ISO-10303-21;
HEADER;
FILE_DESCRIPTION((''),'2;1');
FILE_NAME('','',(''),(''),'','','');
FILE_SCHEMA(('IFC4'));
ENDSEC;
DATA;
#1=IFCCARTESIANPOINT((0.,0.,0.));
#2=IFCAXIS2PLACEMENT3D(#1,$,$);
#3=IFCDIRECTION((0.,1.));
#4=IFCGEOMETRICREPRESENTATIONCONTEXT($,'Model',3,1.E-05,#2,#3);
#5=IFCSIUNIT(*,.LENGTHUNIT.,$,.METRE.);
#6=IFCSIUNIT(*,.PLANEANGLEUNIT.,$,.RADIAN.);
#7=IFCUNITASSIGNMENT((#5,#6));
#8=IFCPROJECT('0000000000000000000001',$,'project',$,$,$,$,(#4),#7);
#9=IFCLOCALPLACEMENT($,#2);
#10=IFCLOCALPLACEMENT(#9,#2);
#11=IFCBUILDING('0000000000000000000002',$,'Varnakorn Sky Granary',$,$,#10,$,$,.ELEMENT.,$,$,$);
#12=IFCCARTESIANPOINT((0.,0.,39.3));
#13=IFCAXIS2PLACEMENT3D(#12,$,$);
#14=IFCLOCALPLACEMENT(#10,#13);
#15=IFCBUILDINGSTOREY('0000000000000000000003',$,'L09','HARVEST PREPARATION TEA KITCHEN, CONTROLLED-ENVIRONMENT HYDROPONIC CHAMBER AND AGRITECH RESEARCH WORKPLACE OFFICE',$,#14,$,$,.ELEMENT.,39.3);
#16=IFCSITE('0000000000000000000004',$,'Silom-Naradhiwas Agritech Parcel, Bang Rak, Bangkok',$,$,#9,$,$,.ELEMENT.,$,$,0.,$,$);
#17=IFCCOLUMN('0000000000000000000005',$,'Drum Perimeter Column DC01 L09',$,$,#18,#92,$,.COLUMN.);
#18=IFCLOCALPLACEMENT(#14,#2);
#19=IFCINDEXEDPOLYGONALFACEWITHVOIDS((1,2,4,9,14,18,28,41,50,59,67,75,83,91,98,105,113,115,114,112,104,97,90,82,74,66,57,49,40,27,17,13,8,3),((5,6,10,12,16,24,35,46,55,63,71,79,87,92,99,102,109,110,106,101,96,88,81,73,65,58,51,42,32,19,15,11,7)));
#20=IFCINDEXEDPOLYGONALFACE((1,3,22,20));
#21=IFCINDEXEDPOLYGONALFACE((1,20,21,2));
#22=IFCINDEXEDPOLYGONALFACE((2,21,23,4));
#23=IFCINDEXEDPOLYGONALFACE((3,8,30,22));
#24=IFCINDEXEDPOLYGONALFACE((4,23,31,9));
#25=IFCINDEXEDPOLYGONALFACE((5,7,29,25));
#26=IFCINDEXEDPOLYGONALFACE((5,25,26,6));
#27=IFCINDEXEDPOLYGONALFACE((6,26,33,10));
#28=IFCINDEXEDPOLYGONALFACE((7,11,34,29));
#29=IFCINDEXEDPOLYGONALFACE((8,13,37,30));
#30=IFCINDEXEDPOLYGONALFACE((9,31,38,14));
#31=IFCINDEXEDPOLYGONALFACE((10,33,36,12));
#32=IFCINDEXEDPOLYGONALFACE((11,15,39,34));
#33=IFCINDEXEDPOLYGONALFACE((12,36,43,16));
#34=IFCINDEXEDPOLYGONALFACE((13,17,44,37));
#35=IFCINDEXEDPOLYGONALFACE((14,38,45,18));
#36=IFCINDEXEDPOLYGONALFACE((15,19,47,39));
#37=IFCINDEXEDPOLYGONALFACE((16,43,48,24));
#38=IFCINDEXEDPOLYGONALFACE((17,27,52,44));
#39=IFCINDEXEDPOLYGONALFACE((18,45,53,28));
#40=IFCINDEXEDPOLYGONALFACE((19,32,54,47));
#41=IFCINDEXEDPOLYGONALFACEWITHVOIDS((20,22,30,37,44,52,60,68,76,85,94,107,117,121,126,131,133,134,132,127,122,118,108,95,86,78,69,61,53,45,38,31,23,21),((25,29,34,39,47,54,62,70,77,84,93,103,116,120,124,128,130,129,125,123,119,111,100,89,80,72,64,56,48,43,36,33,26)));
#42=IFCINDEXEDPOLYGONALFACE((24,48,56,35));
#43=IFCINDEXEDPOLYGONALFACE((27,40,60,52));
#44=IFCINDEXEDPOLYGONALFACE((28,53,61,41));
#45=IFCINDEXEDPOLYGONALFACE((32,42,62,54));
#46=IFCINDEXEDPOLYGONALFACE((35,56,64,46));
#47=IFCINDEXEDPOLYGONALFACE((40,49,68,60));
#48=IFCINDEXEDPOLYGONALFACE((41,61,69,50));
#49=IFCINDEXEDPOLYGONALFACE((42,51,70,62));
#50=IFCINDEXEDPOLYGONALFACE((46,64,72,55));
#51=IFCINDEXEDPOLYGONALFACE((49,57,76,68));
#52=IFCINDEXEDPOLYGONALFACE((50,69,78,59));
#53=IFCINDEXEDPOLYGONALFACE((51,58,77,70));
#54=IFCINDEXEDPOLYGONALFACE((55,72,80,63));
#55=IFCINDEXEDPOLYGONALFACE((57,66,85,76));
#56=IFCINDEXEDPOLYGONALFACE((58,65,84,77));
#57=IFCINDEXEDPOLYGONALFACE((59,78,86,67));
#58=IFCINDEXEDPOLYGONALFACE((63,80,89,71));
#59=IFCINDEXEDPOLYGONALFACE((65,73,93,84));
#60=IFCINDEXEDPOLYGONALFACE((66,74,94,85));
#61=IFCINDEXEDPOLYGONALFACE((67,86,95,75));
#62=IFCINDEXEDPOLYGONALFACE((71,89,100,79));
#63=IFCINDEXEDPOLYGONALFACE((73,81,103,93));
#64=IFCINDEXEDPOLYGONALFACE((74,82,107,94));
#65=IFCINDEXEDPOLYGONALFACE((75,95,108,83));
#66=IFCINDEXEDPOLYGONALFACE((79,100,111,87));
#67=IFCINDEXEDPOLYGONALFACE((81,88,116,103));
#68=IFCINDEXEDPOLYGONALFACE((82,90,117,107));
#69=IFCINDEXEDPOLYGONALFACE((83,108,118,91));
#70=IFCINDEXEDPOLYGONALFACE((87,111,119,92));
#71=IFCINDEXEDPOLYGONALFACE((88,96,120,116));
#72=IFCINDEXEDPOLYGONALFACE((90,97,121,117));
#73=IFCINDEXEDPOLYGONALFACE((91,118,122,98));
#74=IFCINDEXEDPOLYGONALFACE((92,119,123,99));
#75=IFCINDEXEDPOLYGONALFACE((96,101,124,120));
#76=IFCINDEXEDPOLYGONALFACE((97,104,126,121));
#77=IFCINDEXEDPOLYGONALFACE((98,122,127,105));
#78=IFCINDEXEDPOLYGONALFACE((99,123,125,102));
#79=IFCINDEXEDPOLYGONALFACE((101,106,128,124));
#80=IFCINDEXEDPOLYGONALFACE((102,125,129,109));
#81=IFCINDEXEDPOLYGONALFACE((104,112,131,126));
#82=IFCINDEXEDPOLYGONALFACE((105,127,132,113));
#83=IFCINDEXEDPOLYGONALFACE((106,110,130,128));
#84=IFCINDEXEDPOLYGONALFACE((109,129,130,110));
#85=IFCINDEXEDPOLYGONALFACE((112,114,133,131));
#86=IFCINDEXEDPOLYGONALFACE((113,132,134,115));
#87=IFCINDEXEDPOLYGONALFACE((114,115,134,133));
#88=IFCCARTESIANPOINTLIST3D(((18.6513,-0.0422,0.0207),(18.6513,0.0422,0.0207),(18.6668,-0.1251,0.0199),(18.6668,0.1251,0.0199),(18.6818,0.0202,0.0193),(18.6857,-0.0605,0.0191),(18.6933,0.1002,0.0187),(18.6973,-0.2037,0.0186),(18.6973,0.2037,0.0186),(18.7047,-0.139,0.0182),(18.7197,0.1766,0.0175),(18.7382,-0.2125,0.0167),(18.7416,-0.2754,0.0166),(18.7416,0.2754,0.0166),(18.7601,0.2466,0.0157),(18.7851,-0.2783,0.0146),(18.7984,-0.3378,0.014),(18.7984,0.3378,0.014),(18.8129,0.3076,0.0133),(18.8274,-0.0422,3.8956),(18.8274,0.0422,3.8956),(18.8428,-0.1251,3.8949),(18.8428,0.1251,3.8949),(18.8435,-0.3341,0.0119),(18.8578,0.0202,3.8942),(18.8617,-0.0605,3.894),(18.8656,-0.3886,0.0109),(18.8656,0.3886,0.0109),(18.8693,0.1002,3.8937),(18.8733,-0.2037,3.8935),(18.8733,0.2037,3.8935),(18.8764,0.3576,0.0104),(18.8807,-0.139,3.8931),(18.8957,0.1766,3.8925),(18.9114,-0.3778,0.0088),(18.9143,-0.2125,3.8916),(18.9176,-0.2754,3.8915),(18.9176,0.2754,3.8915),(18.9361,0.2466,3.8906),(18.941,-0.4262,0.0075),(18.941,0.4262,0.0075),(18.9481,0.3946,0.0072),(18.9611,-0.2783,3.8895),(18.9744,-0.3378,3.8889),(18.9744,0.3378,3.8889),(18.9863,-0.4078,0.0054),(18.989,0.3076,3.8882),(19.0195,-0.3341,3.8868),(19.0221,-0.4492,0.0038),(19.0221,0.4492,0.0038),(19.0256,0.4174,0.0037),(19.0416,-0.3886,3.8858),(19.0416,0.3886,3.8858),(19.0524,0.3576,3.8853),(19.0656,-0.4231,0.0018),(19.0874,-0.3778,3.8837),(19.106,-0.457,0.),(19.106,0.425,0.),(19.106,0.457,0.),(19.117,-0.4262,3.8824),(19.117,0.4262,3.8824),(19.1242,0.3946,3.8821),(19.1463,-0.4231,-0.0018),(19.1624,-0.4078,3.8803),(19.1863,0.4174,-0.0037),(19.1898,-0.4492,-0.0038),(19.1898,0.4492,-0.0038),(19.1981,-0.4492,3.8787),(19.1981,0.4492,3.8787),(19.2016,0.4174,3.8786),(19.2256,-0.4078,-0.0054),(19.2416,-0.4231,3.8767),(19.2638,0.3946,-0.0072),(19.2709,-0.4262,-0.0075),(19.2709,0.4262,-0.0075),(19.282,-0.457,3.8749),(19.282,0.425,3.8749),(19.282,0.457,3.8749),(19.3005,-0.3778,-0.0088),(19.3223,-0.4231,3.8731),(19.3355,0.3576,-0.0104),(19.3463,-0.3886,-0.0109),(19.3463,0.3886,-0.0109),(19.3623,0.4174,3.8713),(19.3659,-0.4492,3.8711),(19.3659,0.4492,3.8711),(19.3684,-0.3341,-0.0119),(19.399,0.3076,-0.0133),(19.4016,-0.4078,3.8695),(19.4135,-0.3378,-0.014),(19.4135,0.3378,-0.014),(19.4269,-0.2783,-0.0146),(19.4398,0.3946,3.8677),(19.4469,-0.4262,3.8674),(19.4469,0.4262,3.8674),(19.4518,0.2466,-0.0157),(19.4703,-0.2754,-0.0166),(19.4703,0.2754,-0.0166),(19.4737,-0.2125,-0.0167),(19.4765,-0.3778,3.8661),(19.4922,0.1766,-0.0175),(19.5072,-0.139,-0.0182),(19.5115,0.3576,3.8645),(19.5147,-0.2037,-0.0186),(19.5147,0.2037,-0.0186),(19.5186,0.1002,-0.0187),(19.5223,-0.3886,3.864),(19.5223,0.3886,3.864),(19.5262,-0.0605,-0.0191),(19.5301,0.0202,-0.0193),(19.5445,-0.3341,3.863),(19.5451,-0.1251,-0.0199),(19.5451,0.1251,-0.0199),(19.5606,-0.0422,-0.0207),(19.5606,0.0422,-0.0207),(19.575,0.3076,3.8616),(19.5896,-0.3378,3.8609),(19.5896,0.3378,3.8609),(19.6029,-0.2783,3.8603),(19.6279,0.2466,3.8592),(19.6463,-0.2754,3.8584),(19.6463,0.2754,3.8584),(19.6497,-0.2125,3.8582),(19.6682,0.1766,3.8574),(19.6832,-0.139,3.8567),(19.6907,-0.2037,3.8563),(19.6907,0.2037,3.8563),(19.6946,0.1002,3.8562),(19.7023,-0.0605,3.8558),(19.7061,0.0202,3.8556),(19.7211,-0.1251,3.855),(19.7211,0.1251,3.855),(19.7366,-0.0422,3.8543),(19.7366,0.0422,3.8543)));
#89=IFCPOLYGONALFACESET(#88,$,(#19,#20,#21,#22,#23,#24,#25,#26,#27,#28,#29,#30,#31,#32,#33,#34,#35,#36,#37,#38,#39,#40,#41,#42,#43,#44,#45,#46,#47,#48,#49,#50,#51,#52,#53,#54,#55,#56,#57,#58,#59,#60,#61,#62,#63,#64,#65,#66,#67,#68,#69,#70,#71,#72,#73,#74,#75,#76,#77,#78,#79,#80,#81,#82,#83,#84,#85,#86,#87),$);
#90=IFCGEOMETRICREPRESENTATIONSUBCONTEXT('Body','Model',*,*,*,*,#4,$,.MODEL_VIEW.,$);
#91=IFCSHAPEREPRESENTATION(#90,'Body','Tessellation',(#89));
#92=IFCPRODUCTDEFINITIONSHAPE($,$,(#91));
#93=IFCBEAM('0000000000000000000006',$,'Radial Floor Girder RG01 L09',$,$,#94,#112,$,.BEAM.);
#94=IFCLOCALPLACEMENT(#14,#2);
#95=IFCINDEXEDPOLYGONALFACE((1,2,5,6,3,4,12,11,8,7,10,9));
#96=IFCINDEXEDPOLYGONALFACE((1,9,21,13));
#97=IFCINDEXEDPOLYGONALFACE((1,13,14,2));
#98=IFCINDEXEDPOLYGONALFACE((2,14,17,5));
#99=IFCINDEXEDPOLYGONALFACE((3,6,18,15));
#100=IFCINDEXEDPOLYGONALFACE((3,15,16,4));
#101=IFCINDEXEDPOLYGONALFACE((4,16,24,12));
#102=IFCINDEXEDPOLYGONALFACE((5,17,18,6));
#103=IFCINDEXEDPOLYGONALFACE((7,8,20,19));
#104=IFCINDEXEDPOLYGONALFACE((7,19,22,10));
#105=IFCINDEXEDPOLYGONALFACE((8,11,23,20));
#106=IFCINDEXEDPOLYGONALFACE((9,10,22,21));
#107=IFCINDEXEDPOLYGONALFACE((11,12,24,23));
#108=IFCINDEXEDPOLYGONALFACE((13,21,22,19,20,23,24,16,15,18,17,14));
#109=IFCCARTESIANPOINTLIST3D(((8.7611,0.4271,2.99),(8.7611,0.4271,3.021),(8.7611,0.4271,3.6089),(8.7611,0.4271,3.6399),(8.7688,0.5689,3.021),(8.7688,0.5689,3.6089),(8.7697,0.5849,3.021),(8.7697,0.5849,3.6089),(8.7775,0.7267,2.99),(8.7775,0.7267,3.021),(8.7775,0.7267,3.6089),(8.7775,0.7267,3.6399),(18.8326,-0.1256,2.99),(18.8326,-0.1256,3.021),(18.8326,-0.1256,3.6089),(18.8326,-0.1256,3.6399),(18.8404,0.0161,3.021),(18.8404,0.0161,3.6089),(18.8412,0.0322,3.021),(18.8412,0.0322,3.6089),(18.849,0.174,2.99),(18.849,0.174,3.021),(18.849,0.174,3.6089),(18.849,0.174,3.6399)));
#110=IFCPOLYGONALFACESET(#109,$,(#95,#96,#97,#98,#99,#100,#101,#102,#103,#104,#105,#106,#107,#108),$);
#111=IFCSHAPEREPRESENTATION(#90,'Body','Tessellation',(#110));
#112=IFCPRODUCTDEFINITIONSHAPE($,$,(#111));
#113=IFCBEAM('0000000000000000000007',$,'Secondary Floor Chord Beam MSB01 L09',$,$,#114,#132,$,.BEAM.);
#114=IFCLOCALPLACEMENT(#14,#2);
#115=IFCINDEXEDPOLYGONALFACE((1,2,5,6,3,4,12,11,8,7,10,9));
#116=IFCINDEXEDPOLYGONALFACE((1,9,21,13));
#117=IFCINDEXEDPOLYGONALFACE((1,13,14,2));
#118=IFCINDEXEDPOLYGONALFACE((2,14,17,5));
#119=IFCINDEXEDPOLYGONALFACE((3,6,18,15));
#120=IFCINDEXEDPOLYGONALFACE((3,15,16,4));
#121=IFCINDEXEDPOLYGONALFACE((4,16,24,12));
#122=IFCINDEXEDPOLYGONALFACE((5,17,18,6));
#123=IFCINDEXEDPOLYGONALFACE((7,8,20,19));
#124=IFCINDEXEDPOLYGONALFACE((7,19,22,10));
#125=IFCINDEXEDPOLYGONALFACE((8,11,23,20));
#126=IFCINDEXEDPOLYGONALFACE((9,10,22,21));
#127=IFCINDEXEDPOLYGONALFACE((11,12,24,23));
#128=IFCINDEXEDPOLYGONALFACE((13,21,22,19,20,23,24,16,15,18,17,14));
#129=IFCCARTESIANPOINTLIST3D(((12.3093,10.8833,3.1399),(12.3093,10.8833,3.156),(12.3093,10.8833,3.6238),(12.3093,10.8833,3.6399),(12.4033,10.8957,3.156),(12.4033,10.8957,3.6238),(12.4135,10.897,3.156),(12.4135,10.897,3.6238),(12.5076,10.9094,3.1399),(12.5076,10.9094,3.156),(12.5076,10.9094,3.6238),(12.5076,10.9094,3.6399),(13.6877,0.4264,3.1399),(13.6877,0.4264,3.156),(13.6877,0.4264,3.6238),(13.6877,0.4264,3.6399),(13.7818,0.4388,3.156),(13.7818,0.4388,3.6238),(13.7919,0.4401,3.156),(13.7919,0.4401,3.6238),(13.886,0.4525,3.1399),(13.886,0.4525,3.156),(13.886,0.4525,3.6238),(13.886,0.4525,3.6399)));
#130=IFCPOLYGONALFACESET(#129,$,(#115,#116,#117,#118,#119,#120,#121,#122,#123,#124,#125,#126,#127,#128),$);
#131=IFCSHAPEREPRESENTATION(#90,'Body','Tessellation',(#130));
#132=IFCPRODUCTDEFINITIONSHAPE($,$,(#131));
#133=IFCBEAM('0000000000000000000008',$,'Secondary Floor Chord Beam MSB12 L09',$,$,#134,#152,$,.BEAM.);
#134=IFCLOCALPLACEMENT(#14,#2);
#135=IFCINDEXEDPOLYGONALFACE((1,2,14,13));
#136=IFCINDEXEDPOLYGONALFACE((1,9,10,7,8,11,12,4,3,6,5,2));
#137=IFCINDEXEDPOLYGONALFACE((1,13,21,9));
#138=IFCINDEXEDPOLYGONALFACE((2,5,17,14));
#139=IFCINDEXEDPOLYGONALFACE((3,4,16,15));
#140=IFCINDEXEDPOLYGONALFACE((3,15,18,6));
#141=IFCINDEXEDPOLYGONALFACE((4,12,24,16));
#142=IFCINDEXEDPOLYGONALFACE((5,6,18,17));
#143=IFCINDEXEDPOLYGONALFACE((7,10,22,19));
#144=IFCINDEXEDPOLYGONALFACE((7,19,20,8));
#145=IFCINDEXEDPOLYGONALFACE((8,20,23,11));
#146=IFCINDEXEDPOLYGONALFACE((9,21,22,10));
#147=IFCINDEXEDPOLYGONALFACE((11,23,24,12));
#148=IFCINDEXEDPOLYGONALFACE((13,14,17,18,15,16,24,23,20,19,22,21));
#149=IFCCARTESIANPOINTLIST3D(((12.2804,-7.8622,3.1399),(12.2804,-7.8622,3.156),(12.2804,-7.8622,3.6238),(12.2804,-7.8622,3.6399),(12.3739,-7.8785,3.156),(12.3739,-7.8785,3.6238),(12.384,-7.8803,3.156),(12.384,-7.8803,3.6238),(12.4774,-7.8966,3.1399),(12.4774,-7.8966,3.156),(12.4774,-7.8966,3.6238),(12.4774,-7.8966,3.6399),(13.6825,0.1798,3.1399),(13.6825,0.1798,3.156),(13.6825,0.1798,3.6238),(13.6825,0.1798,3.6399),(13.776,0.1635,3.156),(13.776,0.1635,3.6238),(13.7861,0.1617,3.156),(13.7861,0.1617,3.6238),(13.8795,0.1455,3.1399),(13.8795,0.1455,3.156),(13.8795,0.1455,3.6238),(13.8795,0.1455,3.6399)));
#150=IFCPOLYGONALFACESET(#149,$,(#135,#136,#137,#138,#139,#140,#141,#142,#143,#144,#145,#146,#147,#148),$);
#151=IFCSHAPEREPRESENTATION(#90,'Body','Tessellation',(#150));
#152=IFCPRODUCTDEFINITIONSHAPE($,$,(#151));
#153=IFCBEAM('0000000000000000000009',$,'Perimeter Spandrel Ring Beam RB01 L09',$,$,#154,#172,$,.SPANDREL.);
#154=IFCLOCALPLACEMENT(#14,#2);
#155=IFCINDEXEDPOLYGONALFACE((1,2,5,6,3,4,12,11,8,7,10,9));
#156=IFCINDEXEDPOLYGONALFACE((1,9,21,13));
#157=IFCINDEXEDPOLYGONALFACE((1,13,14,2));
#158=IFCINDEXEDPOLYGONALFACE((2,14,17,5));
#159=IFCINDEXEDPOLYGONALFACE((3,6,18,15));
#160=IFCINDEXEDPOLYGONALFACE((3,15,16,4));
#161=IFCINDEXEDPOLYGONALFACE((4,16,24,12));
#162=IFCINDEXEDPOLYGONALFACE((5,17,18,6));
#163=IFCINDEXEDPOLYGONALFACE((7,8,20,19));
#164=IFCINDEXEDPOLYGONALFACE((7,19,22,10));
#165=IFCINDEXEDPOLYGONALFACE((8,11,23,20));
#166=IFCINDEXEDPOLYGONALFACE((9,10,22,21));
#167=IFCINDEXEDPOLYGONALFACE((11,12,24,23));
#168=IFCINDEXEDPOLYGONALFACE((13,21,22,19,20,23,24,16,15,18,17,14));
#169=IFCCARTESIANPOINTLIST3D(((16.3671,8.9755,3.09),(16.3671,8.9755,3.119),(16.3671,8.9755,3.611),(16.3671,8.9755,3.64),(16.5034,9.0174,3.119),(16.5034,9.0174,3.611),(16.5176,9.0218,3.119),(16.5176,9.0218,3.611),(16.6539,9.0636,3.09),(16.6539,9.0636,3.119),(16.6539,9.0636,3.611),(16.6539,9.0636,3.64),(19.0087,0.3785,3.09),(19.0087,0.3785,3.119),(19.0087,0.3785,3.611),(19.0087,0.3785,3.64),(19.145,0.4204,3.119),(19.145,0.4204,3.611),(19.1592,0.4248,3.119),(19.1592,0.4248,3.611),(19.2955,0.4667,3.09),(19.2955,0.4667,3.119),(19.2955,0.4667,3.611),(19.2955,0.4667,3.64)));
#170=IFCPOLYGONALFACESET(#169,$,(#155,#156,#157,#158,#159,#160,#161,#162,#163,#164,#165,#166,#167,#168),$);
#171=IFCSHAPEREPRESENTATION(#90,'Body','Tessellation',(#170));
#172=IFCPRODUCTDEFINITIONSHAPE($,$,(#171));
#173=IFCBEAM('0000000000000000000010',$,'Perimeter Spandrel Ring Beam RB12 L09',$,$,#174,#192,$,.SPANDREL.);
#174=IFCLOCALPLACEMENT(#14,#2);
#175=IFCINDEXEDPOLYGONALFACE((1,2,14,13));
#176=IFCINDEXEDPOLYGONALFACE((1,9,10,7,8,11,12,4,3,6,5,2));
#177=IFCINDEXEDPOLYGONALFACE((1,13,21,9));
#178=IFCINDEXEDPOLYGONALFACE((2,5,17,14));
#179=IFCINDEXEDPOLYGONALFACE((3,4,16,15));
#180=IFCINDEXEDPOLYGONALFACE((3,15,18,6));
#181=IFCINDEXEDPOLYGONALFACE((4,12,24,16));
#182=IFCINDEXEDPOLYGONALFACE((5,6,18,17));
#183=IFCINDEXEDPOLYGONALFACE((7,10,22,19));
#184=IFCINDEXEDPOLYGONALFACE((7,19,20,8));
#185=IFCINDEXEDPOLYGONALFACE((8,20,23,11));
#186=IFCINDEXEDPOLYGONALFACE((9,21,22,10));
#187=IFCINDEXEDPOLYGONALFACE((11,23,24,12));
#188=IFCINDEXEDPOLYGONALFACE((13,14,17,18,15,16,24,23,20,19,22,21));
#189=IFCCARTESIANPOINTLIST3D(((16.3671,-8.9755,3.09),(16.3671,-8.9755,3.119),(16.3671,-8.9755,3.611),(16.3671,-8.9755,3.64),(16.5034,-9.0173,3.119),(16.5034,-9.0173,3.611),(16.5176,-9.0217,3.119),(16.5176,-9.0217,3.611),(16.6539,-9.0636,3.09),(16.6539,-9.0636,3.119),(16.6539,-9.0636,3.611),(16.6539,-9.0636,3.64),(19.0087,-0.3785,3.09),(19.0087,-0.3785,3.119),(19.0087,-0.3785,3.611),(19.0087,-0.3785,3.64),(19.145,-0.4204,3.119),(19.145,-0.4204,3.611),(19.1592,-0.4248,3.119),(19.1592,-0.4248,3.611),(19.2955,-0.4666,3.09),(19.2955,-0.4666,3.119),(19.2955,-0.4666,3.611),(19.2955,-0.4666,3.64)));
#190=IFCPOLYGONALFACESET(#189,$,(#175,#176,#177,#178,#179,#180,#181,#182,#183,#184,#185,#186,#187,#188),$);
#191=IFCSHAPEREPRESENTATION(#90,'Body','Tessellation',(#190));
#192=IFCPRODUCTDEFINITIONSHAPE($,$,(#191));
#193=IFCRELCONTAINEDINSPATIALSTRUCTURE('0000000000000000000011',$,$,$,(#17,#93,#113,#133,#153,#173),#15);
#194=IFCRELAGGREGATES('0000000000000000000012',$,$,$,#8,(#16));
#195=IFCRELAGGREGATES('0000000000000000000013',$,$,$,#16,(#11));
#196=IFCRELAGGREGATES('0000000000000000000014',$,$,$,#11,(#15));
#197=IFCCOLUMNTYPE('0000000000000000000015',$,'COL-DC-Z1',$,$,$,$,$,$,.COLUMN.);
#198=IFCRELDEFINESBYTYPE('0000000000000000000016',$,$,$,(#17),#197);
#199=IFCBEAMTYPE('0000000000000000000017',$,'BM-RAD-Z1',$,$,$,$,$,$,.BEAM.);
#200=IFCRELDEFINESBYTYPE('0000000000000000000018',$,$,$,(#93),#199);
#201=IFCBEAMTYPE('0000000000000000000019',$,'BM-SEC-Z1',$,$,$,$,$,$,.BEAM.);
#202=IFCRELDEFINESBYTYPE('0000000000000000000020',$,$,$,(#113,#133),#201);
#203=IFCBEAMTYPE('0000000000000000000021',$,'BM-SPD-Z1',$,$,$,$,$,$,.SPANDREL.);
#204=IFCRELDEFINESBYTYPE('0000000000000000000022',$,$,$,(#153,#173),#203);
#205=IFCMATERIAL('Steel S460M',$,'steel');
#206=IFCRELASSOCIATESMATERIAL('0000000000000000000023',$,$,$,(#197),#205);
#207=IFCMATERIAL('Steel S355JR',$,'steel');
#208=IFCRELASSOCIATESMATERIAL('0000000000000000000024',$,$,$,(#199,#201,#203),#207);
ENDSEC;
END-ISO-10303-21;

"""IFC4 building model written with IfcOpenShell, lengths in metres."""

from ifc_helpers import new_model, si_unit, direction, frame, origin, origin_2d, place, context, subcontext, project, spatial, hollow_circle, i_section, extrude, material, material_profile, profile_set, type_object, element, save


model = new_model("IFC4")

# Units and contexts
model_context = context("Model", 3, precision=1e-05, world=origin(), true_north=direction((0.0, 1.0)))
body_context = subcontext(model_context, "Body", "Model", "MODEL_VIEW")
ifc_project = project(units=[si_unit("LENGTHUNIT", "METRE"), si_unit("PLANEANGLEUNIT", "RADIAN")], contexts=[model_context])

# Site, building, storey
site_placement = place(None, origin())
site = spatial("IfcSite", under=ifc_project, at=site_placement, Name="Silom-Naradhiwas Agritech Parcel, Bang Rak, Bangkok", CompositionType="ELEMENT", RefElevation=0.0)
building_placement = place(site_placement, origin())
building = spatial("IfcBuilding", under=site, at=building_placement, Name="Varnakorn Sky Granary", CompositionType="ELEMENT")
storey_placement = place(building_placement, frame((0.0, 0.0, 39.3)))
storey = spatial("IfcBuildingStorey", under=building, at=storey_placement, Name="L09", Description="HARVEST PREPARATION TEA KITCHEN, CONTROLLED-ENVIRONMENT HYDROPONIC CHAMBER AND AGRITECH RESEARCH WORKPLACE OFFICE", CompositionType="ELEMENT", Elevation=39.3)

# Column
ifc_material_1 = material(Name="Steel S460M", Category="steel")
ifc_material_profile_1 = material_profile(ifc_material_1, hollow_circle(Radius=0.457, WallThickness=0.032, at=origin_2d()), Name="CHS 914x32")
ifc_profile_set_1 = profile_set([ifc_material_profile_1], Name="Steel S460M")
column_type = type_object("IfcColumnType", Name="COL-DC-Z1", PredefinedType="COLUMN", material=ifc_profile_set_1)
column_placement = place(storey_placement, frame((19.106, 0.0, 0.0), z_axis=(0.045379, 0.0, 0.99897), x_axis=(0.0, 1.0, 0.0)))
element("IfcColumn", 1, at=column_placement, inside=storey, type_object=column_type, Name="Drum Perimeter Column DC01 L09", PredefinedType="COLUMN", context=body_context, shape_type="SweptSolid", body=[
    extrude(hollow_circle(Radius=0.457, WallThickness=0.032, at=origin_2d()), origin(), (0.0, 0.0, 1.0), 3.8789),
])

# Beams
ifc_material_2 = material(Name="Steel S355JR", Category="steel")
ifc_material_profile_2 = material_profile(ifc_material_2, i_section(OverallWidth=0.3, OverallDepth=0.6499, WebThickness=0.0161, FlangeThickness=0.031, at=origin_2d()), Name="HE 650 B")
ifc_profile_set_2 = profile_set([ifc_material_profile_2], Name="Steel S355JR")
beam_type_1 = type_object("IfcBeamType", Name="BM-RAD-Z1", PredefinedType="BEAM", material=ifc_profile_set_2)
beam_1_placement = place(storey_placement, frame((8.7693, 0.5769, 3.3149), z_axis=(0.998497, -0.054798, 0.0), x_axis=(0.054798, 0.998497, 0.0)))
element("IfcBeam", 2, at=beam_1_placement, inside=storey, type_object=beam_type_1, Name="Radial Floor Girder RG01 L09", PredefinedType="BEAM", context=body_context, shape_type="SweptSolid", body=[
    extrude(i_section(OverallWidth=0.3, OverallDepth=0.6499, WebThickness=0.0161, FlangeThickness=0.031, at=origin_2d()), origin(), (0.0, 0.0, 1.0), 10.0867),
])
ifc_material_profile_3 = material_profile(ifc_material_2, i_section(OverallWidth=0.2, OverallDepth=0.5, WebThickness=0.0103, FlangeThickness=0.0161, at=origin_2d()), Name="IPE 500")
ifc_profile_set_3 = profile_set([ifc_material_profile_3], Name="Steel S355JR")
beam_type_2 = type_object("IfcBeamType", Name="BM-SEC-Z1", PredefinedType="BEAM", material=ifc_profile_set_3)
beam_2_placement = place(storey_placement, frame((13.7869, 0.4395, 3.3899), z_axis=(-0.13069, 0.991423, 0.0), x_axis=(-0.991423, -0.13069, 0.0)))
element("IfcBeam", 3, at=beam_2_placement, inside=storey, type_object=beam_type_2, Name="Secondary Floor Chord Beam MSB01 L09", PredefinedType="BEAM", context=body_context, shape_type="SweptSolid", body=[
    extrude(i_section(OverallWidth=0.2, OverallDepth=0.5, WebThickness=0.0103, FlangeThickness=0.0161, at=origin_2d()), origin(), (0.0, 0.0, 1.0), 10.5474),
])
beam_3_placement = place(storey_placement, frame((12.3789, -7.8794, 3.3899), z_axis=(0.171756, 0.985139, 0.0), x_axis=(-0.985139, 0.171756, 0.0)))
element("IfcBeam", 4, at=beam_3_placement, inside=storey, type_object=beam_type_2, Name="Secondary Floor Chord Beam MSB12 L09", PredefinedType="BEAM", context=body_context, shape_type="SweptSolid", body=[
    extrude(i_section(OverallWidth=0.2, OverallDepth=0.5, WebThickness=0.0103, FlangeThickness=0.0161, at=origin_2d()), origin(), (0.0, 0.0, 1.0), 8.1633),
])
ifc_material_profile_4 = material_profile(ifc_material_2, i_section(OverallWidth=0.3, OverallDepth=0.55, WebThickness=0.0149, FlangeThickness=0.0291, at=origin_2d()), Name="HE 550 B")
ifc_profile_set_4 = profile_set([ifc_material_profile_4], Name="Steel S355JR")
beam_type_3 = type_object("IfcBeamType", Name="BM-SPD-Z1", PredefinedType="SPANDREL", material=ifc_profile_set_4)
for number, where, z_axis, x_axis, name in (
    (5, (19.1521, 0.4226, 3.365), (-0.29372, 0.955892, 0.0), (-0.955892, -0.29372, 0.0), "Perimeter Spandrel Ring Beam RB01 L09"),
    (6, (16.5105, -9.0195, 3.365), (0.29372, 0.955892, 0.0), (-0.955892, 0.29372, 0.0), "Perimeter Spandrel Ring Beam RB12 L09"),
):
    element("IfcBeam", number, at=place(storey_placement, frame(where, z_axis=z_axis, x_axis=x_axis)), inside=storey, type_object=beam_type_3, Name=name, PredefinedType="SPANDREL", context=body_context, shape_type="SweptSolid", body=[
        extrude(i_section(OverallWidth=0.3, OverallDepth=0.55, WebThickness=0.0149, FlangeThickness=0.0291, at=origin_2d()), origin(), (0.0, 0.0, 1.0), 8.9937),
    ])

save(model, "model.ifc")
